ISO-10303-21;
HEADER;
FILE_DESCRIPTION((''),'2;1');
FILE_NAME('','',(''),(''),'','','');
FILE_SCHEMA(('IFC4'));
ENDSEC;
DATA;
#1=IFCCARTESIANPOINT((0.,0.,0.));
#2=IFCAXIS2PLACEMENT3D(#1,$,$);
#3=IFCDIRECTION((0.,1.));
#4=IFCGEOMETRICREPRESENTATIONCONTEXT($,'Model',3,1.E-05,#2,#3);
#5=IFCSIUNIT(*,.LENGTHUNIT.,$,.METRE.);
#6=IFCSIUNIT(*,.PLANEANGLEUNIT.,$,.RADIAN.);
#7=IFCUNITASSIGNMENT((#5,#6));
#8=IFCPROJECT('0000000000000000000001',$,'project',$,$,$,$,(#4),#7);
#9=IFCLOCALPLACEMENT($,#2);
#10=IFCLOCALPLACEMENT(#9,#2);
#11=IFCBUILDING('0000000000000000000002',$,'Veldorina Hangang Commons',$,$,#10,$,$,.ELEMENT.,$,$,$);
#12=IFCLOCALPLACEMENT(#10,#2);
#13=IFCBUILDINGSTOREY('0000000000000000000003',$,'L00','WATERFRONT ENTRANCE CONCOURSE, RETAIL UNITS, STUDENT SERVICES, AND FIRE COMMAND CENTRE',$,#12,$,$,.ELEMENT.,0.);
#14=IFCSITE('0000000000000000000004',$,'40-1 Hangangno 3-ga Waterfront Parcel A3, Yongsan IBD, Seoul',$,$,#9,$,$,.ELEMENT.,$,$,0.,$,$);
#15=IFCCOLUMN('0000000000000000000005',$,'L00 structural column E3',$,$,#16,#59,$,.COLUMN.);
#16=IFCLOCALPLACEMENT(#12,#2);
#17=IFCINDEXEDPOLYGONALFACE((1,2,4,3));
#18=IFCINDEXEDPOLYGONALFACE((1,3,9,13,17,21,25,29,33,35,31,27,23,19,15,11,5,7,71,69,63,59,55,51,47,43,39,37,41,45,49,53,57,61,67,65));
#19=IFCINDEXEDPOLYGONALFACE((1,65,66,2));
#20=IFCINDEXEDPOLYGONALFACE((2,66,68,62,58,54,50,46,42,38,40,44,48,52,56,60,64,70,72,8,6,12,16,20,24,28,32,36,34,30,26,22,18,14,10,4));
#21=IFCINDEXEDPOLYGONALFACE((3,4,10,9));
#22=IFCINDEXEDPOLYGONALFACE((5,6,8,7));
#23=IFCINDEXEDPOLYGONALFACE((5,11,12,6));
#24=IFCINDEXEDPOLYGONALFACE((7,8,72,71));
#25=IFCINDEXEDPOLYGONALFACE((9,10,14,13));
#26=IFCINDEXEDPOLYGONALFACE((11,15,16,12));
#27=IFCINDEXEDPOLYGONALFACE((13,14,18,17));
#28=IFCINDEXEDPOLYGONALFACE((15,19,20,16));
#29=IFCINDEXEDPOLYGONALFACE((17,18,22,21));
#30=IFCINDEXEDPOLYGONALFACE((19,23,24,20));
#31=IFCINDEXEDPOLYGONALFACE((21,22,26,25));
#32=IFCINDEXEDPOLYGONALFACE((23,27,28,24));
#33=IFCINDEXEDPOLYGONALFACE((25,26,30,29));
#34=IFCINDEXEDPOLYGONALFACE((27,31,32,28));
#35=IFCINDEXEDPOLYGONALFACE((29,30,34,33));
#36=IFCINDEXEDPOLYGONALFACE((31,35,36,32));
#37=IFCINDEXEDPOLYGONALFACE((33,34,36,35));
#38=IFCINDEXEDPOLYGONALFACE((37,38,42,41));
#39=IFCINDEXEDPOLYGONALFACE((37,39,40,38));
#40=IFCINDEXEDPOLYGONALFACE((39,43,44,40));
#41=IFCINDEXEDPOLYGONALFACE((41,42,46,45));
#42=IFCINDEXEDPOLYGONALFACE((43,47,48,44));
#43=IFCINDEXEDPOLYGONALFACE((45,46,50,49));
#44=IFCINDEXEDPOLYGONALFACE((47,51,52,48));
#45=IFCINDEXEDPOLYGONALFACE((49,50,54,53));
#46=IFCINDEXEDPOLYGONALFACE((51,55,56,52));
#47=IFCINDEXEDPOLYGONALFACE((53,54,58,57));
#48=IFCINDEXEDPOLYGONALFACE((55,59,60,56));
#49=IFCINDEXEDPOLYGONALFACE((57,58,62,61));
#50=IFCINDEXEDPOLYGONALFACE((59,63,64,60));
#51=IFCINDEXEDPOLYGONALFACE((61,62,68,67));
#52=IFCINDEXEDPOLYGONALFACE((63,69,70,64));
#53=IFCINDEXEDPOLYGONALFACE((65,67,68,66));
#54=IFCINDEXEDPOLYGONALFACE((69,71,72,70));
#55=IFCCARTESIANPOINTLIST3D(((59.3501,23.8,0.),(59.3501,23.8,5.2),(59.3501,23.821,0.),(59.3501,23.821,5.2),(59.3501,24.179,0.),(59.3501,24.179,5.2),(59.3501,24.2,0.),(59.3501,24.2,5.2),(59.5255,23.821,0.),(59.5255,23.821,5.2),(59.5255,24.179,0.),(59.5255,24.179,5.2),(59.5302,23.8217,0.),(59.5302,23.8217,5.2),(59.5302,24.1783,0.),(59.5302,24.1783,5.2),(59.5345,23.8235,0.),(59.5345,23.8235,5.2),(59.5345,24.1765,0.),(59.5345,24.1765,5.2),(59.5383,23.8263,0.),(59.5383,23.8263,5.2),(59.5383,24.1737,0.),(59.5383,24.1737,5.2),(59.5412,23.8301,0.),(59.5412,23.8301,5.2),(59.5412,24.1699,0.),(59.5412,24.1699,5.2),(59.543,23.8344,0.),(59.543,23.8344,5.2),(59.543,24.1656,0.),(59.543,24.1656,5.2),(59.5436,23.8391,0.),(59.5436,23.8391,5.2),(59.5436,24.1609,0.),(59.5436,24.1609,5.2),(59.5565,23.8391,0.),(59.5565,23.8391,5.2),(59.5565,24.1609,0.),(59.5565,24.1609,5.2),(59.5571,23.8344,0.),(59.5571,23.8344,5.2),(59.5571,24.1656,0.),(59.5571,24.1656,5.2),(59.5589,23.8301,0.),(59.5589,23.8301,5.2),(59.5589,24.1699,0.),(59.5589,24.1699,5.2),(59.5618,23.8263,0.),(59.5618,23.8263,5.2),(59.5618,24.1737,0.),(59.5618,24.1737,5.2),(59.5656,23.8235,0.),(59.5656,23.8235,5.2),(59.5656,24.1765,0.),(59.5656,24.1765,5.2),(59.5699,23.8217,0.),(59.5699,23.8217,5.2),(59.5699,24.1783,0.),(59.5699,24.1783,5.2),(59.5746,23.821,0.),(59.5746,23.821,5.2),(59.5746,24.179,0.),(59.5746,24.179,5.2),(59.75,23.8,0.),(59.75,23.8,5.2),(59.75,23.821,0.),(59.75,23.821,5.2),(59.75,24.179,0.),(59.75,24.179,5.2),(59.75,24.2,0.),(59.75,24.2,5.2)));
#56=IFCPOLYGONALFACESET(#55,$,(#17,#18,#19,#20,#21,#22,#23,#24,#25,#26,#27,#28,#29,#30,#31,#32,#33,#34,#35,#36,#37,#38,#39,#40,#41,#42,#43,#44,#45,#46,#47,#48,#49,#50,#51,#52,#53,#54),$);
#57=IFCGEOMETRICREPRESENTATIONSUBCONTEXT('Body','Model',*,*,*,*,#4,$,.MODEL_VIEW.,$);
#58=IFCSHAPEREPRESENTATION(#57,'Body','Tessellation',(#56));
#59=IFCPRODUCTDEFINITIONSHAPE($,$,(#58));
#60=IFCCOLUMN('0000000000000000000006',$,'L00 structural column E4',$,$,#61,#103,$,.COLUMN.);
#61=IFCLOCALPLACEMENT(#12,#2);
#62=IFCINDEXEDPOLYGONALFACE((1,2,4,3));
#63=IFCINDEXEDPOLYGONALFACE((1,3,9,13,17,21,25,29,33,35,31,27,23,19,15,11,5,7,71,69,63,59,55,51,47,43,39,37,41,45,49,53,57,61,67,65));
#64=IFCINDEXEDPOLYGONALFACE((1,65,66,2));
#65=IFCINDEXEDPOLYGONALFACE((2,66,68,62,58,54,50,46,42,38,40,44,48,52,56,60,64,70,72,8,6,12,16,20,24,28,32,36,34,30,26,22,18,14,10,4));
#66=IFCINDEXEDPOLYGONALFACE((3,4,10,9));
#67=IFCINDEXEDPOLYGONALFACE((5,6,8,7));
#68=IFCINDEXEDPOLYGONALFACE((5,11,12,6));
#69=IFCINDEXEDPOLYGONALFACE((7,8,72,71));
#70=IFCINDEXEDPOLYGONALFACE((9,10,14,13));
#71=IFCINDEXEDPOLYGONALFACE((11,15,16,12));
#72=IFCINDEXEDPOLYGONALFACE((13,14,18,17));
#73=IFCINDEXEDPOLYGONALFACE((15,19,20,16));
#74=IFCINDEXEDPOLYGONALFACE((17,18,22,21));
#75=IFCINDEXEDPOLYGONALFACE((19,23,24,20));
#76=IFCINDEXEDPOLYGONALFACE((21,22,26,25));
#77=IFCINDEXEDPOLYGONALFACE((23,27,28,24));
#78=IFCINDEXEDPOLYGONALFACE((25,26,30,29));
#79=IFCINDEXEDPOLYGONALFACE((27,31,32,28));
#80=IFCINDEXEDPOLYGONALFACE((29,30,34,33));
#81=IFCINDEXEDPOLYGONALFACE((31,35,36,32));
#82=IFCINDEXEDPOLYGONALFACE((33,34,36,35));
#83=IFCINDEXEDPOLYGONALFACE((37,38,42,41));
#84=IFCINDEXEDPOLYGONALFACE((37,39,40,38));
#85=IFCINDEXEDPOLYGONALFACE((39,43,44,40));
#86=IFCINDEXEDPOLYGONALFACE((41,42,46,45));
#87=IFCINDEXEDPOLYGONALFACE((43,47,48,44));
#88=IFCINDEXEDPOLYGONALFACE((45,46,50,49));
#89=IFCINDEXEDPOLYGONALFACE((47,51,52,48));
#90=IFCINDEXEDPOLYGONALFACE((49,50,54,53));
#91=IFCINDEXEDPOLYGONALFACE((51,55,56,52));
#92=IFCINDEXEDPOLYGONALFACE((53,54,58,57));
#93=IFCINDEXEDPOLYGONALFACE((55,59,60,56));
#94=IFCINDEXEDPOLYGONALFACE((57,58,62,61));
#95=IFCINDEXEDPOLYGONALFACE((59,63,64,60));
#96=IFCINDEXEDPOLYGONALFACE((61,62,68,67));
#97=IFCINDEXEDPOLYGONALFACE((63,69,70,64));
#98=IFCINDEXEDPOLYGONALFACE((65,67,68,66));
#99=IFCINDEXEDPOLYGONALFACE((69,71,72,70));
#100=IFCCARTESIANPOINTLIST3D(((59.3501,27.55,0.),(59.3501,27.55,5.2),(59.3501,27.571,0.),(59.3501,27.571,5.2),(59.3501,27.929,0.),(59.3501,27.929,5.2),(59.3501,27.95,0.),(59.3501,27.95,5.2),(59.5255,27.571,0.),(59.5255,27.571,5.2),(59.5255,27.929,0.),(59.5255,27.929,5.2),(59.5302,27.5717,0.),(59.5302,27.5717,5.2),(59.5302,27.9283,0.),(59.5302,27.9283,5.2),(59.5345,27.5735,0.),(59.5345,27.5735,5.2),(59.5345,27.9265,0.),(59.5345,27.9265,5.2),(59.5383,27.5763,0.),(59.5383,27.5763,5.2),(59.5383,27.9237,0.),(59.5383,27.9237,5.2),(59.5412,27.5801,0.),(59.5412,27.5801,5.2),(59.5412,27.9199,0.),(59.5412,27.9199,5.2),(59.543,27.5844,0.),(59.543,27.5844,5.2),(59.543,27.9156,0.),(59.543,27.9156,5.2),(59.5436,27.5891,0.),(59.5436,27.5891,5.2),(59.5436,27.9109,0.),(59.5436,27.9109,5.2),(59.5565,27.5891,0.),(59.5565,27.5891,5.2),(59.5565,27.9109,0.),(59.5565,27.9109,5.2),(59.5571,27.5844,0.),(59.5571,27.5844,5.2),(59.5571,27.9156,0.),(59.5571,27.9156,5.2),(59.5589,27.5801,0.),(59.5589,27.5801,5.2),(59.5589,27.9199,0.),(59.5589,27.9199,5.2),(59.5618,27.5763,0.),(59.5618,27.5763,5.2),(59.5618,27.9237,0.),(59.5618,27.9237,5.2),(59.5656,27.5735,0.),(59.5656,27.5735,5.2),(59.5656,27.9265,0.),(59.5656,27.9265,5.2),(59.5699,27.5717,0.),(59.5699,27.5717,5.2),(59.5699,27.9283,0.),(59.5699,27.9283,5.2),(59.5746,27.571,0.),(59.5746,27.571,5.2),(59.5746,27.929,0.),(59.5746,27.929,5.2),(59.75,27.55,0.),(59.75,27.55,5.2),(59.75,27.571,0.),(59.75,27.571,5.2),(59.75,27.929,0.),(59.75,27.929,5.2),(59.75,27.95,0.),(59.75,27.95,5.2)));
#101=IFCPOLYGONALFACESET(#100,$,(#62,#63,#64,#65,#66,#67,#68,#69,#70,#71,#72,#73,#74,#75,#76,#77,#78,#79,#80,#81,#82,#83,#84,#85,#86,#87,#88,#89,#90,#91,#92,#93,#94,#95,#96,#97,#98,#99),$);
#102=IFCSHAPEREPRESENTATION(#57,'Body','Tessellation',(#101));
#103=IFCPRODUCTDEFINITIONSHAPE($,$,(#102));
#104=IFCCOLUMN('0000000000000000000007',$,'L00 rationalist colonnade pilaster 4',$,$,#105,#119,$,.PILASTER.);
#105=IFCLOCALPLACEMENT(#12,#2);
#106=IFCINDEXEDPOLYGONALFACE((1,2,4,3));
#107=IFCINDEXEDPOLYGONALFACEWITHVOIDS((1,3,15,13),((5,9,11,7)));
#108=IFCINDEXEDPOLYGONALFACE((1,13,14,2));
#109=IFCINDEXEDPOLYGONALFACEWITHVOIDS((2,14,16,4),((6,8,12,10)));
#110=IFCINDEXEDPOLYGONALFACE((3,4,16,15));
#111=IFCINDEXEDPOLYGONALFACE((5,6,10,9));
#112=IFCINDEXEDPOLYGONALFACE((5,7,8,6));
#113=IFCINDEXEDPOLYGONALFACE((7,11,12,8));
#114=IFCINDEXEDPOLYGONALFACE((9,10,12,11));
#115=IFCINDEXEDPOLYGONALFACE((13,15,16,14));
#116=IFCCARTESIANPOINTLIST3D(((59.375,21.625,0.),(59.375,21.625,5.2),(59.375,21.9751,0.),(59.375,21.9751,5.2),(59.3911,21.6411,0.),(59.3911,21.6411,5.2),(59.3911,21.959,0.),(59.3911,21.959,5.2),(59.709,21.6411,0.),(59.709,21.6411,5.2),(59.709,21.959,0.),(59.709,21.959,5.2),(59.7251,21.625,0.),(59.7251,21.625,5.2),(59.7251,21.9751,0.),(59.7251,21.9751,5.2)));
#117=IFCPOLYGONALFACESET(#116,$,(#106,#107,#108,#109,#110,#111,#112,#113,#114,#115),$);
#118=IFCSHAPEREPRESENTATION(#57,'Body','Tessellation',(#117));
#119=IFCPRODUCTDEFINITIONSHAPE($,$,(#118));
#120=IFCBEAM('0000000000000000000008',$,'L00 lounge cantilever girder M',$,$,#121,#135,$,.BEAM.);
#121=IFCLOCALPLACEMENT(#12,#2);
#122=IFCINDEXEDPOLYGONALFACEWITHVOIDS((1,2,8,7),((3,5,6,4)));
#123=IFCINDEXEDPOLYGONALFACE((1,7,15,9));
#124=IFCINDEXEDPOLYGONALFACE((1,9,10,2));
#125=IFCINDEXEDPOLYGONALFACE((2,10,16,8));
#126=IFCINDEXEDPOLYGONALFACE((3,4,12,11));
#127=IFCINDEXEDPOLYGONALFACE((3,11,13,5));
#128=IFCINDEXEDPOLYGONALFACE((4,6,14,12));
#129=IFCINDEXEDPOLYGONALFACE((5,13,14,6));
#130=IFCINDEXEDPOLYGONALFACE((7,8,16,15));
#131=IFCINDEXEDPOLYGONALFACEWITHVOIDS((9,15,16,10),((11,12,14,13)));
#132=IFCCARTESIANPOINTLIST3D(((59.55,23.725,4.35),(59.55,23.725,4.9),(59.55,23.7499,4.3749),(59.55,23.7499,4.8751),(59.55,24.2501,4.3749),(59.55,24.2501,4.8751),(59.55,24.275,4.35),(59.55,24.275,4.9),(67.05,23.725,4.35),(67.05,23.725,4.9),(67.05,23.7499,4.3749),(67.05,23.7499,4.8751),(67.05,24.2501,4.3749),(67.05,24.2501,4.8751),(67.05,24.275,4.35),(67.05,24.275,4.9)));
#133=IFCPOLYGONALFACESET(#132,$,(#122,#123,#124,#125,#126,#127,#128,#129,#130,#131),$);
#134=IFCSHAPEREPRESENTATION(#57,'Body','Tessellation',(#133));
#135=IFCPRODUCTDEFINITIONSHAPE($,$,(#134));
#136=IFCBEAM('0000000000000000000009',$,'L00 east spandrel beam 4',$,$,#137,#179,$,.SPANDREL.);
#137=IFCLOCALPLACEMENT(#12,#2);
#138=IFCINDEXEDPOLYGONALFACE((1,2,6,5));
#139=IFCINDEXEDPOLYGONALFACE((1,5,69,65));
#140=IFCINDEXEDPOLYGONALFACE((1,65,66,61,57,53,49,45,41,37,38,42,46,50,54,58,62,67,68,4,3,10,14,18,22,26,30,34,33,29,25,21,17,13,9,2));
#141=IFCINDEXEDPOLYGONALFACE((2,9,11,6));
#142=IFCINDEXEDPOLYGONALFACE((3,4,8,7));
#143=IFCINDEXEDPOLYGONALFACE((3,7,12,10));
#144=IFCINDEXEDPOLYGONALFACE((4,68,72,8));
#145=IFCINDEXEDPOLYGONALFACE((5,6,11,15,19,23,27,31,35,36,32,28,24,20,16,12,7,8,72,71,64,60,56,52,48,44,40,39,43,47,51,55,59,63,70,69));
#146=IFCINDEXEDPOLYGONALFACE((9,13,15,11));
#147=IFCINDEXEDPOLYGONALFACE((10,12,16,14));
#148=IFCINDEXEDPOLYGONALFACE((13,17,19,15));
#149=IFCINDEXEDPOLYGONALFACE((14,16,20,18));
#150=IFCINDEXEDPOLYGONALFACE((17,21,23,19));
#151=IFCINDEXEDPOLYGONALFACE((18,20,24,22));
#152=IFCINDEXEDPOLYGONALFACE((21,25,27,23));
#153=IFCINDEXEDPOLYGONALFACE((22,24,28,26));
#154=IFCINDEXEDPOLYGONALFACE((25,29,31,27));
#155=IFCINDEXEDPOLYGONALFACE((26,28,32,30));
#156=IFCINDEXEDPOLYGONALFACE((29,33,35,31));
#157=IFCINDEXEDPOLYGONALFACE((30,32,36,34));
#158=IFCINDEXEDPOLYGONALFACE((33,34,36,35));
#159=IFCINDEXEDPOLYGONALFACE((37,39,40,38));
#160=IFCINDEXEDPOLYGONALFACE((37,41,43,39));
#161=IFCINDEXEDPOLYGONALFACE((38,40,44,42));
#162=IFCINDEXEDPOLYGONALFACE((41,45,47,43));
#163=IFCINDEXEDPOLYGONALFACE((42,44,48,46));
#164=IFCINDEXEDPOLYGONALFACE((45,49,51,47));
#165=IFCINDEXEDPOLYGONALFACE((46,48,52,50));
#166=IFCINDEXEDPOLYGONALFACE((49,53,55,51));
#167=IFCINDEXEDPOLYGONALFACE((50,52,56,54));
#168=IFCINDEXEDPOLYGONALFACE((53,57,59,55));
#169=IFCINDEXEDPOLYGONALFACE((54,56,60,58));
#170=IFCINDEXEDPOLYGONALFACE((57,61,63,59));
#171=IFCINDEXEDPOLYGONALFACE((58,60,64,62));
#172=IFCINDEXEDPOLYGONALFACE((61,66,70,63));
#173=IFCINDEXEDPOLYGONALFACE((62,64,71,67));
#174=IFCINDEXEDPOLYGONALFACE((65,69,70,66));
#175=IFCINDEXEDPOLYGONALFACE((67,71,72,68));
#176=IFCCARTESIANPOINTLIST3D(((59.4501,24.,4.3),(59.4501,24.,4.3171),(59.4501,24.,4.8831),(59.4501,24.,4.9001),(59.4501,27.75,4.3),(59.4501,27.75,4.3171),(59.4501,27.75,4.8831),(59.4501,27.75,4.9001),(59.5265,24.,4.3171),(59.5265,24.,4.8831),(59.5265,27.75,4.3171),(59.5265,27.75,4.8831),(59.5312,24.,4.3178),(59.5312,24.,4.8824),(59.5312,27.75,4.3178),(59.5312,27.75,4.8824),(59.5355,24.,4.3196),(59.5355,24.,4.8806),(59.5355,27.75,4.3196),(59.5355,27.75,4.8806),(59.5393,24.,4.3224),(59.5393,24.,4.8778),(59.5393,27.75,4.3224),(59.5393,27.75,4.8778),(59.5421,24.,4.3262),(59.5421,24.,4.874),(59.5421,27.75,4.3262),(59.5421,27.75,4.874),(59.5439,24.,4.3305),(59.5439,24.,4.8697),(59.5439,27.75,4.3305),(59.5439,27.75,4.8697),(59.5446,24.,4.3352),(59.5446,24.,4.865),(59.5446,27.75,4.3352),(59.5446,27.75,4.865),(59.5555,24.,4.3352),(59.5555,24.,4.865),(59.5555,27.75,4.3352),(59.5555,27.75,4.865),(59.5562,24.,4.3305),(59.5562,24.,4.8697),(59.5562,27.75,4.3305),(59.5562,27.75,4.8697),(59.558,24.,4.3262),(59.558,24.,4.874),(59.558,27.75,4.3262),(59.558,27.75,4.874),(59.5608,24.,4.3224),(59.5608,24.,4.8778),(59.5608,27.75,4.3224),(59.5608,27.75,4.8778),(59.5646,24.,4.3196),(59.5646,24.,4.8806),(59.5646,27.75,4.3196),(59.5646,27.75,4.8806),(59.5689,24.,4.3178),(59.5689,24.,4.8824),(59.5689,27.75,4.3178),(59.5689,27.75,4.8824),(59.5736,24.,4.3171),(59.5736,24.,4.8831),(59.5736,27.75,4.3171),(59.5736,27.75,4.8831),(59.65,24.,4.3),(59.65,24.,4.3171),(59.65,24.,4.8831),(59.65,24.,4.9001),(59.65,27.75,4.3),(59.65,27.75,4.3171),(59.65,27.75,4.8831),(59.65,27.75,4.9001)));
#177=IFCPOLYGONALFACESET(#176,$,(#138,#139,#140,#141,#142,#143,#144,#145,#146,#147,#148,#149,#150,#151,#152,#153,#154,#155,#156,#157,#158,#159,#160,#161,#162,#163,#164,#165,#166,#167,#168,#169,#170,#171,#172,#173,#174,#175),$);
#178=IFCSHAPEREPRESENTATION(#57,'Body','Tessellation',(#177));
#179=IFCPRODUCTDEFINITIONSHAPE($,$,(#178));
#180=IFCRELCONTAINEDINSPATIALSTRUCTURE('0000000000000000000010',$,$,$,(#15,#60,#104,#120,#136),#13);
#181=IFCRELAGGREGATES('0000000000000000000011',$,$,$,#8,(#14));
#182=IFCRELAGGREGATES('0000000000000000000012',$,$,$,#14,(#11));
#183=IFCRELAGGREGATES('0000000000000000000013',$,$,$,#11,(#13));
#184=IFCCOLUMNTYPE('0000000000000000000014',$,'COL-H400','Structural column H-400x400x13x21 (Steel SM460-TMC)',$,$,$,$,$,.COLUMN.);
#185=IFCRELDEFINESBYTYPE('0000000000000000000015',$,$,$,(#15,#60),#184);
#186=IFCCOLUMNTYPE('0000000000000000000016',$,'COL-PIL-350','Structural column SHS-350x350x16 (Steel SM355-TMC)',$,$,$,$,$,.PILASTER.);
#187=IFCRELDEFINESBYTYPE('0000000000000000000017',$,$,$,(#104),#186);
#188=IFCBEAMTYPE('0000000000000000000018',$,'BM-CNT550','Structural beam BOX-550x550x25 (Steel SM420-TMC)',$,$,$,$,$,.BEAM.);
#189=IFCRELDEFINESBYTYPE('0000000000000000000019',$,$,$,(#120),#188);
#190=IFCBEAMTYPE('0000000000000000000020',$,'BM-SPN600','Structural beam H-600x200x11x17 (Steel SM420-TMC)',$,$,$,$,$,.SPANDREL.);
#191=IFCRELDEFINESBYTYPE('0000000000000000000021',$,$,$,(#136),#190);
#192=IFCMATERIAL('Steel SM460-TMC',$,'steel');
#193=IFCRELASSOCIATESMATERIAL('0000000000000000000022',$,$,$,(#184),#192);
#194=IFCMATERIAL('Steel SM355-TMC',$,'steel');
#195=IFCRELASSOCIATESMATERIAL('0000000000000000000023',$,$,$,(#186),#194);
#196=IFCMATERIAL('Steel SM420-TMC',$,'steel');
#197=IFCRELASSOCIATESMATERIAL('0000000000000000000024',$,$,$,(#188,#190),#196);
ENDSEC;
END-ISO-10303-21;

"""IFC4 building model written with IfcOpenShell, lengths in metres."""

from ifc_helpers import new_model, si_unit, direction, frame, origin, origin_2d, place, context, subcontext, project, spatial, hollow_rectangle, i_section, extrude, material, material_profile, profile_set, type_object, element, save


model = new_model("IFC4")

# Units and contexts
model_context = context("Model", 3, precision=1e-05, world=origin(), true_north=direction((0.0, 1.0)))
body_context = subcontext(model_context, "Body", "Model", "MODEL_VIEW")
ifc_project = project(units=[si_unit("LENGTHUNIT", "METRE"), si_unit("PLANEANGLEUNIT", "RADIAN")], contexts=[model_context])

# Site, building, storey
site_placement = place(None, origin())
site = spatial("IfcSite", under=ifc_project, at=site_placement, Name="40-1 Hangangno 3-ga Waterfront Parcel A3, Yongsan IBD, Seoul", CompositionType="ELEMENT", RefElevation=0.0)
building_placement = place(site_placement, origin())
building = spatial("IfcBuilding", under=site, at=building_placement, Name="Veldorina Hangang Commons", CompositionType="ELEMENT")
storey_placement = place(building_placement, origin())
storey = spatial("IfcBuildingStorey", under=building, at=storey_placement, Name="L00", Description="WATERFRONT ENTRANCE CONCOURSE, RETAIL UNITS, STUDENT SERVICES, AND FIRE COMMAND CENTRE", CompositionType="ELEMENT", Elevation=0.0)

# Columns
ifc_material_1 = material(Name="Steel SM460-TMC", Category="steel")
ifc_material_profile_1 = material_profile(ifc_material_1, i_section(OverallWidth=0.3999, OverallDepth=0.3999, WebThickness=0.0129, FlangeThickness=0.021, FilletRadius=0.0181, at=origin_2d()), Name="H-400x400x13x21")
ifc_profile_set_1 = profile_set([ifc_material_profile_1], Name="Steel SM460-TMC")
column_type_1 = type_object("IfcColumnType", Name="COL-H400", Description="Structural column H-400x400x13x21 (Steel SM460-TMC)", PredefinedType="COLUMN", material=ifc_profile_set_1)
for number, where, z_axis, x_axis, name in (
    (1, (59.55, 24.0, 0.0), (0.0, 0.0, 1.0), (1.0, 0.0, 0.0), "L00 structural column E3"),
    (2, (59.55, 27.75, 0.0), (0.0, 0.0, 1.0), (1.0, 0.0, 0.0), "L00 structural column E4"),
):
    element("IfcColumn", number, at=place(storey_placement, frame(where, z_axis=z_axis, x_axis=x_axis)), inside=storey, type_object=column_type_1, Name=name, PredefinedType="COLUMN", context=body_context, shape_type="SweptSolid", body=[
        extrude(i_section(OverallWidth=0.3999, OverallDepth=0.3999, WebThickness=0.0129, FlangeThickness=0.021, FilletRadius=0.0181, at=origin_2d()), origin(), (0.0, 0.0, 1.0), 5.2),
    ])
ifc_material_2 = material(Name="Steel SM355-TMC", Category="steel")
ifc_material_profile_2 = material_profile(ifc_material_2, hollow_rectangle(XDim=0.3501, YDim=0.3501, WallThickness=0.0161, at=origin_2d()), Name="SHS-350x350x16")
ifc_profile_set_2 = profile_set([ifc_material_profile_2], Name="Steel SM355-TMC")
column_type_2 = type_object("IfcColumnType", Name="COL-PIL-350", Description="Structural column SHS-350x350x16 (Steel SM355-TMC)", PredefinedType="PILASTER", material=ifc_profile_set_2)
column_placement = place(storey_placement, frame((59.55, 21.8, 0.0), z_axis=(0.0, 0.0, 1.0), x_axis=(1.0, 0.0, 0.0)))
element("IfcColumn", 3, at=column_placement, inside=storey, type_object=column_type_2, Name="L00 rationalist colonnade pilaster 4", PredefinedType="PILASTER", context=body_context, shape_type="SweptSolid", body=[
    extrude(hollow_rectangle(XDim=0.3501, YDim=0.3501, WallThickness=0.0161, at=origin_2d()), origin(), (0.0, 0.0, 1.0), 5.2),
])

# Beams
ifc_material_3 = material(Name="Steel SM420-TMC", Category="steel")
ifc_material_profile_3 = material_profile(ifc_material_3, hollow_rectangle(XDim=0.55, YDim=0.55, WallThickness=0.0249, at=origin_2d()), Name="BOX-550x550x25")
ifc_profile_set_3 = profile_set([ifc_material_profile_3], Name="Steel SM420-TMC")
beam_type_1 = type_object("IfcBeamType", Name="BM-CNT550", Description="Structural beam BOX-550x550x25 (Steel SM420-TMC)", PredefinedType="BEAM", material=ifc_profile_set_3)
beam_1_placement = place(storey_placement, frame((59.55, 24.0, 4.625), z_axis=(1.0, 0.0, 0.0), x_axis=(0.0, 1.0, 0.0)))
element("IfcBeam", 4, at=beam_1_placement, inside=storey, type_object=beam_type_1, Name="L00 lounge cantilever girder M", PredefinedType="BEAM", context=body_context, shape_type="SweptSolid", body=[
    extrude(hollow_rectangle(XDim=0.55, YDim=0.55, WallThickness=0.0249, at=origin_2d()), origin(), (0.0, 0.0, 1.0), 7.5),
])
ifc_material_profile_4 = material_profile(ifc_material_3, i_section(OverallWidth=0.2, OverallDepth=0.6001, WebThickness=0.011, FlangeThickness=0.0171, FilletRadius=0.0181, at=origin_2d()), Name="H-600x200x11x17")
ifc_profile_set_4 = profile_set([ifc_material_profile_4], Name="Steel SM420-TMC")
beam_type_2 = type_object("IfcBeamType", Name="BM-SPN600", Description="Structural beam H-600x200x11x17 (Steel SM420-TMC)", PredefinedType="SPANDREL", material=ifc_profile_set_4)
beam_2_placement = place(storey_placement, frame((59.55, 24.0, 4.6001), z_axis=(0.0, 1.0, 0.0), x_axis=(-1.0, 0.0, 0.0)))
element("IfcBeam", 5, at=beam_2_placement, inside=storey, type_object=beam_type_2, Name="L00 east spandrel beam 4", PredefinedType="SPANDREL", context=body_context, shape_type="SweptSolid", body=[
    extrude(i_section(OverallWidth=0.2, OverallDepth=0.6001, WebThickness=0.011, FlangeThickness=0.0171, FilletRadius=0.0181, at=origin_2d()), origin(), (0.0, 0.0, 1.0), 3.75),
])

save(model, "model.ifc")
